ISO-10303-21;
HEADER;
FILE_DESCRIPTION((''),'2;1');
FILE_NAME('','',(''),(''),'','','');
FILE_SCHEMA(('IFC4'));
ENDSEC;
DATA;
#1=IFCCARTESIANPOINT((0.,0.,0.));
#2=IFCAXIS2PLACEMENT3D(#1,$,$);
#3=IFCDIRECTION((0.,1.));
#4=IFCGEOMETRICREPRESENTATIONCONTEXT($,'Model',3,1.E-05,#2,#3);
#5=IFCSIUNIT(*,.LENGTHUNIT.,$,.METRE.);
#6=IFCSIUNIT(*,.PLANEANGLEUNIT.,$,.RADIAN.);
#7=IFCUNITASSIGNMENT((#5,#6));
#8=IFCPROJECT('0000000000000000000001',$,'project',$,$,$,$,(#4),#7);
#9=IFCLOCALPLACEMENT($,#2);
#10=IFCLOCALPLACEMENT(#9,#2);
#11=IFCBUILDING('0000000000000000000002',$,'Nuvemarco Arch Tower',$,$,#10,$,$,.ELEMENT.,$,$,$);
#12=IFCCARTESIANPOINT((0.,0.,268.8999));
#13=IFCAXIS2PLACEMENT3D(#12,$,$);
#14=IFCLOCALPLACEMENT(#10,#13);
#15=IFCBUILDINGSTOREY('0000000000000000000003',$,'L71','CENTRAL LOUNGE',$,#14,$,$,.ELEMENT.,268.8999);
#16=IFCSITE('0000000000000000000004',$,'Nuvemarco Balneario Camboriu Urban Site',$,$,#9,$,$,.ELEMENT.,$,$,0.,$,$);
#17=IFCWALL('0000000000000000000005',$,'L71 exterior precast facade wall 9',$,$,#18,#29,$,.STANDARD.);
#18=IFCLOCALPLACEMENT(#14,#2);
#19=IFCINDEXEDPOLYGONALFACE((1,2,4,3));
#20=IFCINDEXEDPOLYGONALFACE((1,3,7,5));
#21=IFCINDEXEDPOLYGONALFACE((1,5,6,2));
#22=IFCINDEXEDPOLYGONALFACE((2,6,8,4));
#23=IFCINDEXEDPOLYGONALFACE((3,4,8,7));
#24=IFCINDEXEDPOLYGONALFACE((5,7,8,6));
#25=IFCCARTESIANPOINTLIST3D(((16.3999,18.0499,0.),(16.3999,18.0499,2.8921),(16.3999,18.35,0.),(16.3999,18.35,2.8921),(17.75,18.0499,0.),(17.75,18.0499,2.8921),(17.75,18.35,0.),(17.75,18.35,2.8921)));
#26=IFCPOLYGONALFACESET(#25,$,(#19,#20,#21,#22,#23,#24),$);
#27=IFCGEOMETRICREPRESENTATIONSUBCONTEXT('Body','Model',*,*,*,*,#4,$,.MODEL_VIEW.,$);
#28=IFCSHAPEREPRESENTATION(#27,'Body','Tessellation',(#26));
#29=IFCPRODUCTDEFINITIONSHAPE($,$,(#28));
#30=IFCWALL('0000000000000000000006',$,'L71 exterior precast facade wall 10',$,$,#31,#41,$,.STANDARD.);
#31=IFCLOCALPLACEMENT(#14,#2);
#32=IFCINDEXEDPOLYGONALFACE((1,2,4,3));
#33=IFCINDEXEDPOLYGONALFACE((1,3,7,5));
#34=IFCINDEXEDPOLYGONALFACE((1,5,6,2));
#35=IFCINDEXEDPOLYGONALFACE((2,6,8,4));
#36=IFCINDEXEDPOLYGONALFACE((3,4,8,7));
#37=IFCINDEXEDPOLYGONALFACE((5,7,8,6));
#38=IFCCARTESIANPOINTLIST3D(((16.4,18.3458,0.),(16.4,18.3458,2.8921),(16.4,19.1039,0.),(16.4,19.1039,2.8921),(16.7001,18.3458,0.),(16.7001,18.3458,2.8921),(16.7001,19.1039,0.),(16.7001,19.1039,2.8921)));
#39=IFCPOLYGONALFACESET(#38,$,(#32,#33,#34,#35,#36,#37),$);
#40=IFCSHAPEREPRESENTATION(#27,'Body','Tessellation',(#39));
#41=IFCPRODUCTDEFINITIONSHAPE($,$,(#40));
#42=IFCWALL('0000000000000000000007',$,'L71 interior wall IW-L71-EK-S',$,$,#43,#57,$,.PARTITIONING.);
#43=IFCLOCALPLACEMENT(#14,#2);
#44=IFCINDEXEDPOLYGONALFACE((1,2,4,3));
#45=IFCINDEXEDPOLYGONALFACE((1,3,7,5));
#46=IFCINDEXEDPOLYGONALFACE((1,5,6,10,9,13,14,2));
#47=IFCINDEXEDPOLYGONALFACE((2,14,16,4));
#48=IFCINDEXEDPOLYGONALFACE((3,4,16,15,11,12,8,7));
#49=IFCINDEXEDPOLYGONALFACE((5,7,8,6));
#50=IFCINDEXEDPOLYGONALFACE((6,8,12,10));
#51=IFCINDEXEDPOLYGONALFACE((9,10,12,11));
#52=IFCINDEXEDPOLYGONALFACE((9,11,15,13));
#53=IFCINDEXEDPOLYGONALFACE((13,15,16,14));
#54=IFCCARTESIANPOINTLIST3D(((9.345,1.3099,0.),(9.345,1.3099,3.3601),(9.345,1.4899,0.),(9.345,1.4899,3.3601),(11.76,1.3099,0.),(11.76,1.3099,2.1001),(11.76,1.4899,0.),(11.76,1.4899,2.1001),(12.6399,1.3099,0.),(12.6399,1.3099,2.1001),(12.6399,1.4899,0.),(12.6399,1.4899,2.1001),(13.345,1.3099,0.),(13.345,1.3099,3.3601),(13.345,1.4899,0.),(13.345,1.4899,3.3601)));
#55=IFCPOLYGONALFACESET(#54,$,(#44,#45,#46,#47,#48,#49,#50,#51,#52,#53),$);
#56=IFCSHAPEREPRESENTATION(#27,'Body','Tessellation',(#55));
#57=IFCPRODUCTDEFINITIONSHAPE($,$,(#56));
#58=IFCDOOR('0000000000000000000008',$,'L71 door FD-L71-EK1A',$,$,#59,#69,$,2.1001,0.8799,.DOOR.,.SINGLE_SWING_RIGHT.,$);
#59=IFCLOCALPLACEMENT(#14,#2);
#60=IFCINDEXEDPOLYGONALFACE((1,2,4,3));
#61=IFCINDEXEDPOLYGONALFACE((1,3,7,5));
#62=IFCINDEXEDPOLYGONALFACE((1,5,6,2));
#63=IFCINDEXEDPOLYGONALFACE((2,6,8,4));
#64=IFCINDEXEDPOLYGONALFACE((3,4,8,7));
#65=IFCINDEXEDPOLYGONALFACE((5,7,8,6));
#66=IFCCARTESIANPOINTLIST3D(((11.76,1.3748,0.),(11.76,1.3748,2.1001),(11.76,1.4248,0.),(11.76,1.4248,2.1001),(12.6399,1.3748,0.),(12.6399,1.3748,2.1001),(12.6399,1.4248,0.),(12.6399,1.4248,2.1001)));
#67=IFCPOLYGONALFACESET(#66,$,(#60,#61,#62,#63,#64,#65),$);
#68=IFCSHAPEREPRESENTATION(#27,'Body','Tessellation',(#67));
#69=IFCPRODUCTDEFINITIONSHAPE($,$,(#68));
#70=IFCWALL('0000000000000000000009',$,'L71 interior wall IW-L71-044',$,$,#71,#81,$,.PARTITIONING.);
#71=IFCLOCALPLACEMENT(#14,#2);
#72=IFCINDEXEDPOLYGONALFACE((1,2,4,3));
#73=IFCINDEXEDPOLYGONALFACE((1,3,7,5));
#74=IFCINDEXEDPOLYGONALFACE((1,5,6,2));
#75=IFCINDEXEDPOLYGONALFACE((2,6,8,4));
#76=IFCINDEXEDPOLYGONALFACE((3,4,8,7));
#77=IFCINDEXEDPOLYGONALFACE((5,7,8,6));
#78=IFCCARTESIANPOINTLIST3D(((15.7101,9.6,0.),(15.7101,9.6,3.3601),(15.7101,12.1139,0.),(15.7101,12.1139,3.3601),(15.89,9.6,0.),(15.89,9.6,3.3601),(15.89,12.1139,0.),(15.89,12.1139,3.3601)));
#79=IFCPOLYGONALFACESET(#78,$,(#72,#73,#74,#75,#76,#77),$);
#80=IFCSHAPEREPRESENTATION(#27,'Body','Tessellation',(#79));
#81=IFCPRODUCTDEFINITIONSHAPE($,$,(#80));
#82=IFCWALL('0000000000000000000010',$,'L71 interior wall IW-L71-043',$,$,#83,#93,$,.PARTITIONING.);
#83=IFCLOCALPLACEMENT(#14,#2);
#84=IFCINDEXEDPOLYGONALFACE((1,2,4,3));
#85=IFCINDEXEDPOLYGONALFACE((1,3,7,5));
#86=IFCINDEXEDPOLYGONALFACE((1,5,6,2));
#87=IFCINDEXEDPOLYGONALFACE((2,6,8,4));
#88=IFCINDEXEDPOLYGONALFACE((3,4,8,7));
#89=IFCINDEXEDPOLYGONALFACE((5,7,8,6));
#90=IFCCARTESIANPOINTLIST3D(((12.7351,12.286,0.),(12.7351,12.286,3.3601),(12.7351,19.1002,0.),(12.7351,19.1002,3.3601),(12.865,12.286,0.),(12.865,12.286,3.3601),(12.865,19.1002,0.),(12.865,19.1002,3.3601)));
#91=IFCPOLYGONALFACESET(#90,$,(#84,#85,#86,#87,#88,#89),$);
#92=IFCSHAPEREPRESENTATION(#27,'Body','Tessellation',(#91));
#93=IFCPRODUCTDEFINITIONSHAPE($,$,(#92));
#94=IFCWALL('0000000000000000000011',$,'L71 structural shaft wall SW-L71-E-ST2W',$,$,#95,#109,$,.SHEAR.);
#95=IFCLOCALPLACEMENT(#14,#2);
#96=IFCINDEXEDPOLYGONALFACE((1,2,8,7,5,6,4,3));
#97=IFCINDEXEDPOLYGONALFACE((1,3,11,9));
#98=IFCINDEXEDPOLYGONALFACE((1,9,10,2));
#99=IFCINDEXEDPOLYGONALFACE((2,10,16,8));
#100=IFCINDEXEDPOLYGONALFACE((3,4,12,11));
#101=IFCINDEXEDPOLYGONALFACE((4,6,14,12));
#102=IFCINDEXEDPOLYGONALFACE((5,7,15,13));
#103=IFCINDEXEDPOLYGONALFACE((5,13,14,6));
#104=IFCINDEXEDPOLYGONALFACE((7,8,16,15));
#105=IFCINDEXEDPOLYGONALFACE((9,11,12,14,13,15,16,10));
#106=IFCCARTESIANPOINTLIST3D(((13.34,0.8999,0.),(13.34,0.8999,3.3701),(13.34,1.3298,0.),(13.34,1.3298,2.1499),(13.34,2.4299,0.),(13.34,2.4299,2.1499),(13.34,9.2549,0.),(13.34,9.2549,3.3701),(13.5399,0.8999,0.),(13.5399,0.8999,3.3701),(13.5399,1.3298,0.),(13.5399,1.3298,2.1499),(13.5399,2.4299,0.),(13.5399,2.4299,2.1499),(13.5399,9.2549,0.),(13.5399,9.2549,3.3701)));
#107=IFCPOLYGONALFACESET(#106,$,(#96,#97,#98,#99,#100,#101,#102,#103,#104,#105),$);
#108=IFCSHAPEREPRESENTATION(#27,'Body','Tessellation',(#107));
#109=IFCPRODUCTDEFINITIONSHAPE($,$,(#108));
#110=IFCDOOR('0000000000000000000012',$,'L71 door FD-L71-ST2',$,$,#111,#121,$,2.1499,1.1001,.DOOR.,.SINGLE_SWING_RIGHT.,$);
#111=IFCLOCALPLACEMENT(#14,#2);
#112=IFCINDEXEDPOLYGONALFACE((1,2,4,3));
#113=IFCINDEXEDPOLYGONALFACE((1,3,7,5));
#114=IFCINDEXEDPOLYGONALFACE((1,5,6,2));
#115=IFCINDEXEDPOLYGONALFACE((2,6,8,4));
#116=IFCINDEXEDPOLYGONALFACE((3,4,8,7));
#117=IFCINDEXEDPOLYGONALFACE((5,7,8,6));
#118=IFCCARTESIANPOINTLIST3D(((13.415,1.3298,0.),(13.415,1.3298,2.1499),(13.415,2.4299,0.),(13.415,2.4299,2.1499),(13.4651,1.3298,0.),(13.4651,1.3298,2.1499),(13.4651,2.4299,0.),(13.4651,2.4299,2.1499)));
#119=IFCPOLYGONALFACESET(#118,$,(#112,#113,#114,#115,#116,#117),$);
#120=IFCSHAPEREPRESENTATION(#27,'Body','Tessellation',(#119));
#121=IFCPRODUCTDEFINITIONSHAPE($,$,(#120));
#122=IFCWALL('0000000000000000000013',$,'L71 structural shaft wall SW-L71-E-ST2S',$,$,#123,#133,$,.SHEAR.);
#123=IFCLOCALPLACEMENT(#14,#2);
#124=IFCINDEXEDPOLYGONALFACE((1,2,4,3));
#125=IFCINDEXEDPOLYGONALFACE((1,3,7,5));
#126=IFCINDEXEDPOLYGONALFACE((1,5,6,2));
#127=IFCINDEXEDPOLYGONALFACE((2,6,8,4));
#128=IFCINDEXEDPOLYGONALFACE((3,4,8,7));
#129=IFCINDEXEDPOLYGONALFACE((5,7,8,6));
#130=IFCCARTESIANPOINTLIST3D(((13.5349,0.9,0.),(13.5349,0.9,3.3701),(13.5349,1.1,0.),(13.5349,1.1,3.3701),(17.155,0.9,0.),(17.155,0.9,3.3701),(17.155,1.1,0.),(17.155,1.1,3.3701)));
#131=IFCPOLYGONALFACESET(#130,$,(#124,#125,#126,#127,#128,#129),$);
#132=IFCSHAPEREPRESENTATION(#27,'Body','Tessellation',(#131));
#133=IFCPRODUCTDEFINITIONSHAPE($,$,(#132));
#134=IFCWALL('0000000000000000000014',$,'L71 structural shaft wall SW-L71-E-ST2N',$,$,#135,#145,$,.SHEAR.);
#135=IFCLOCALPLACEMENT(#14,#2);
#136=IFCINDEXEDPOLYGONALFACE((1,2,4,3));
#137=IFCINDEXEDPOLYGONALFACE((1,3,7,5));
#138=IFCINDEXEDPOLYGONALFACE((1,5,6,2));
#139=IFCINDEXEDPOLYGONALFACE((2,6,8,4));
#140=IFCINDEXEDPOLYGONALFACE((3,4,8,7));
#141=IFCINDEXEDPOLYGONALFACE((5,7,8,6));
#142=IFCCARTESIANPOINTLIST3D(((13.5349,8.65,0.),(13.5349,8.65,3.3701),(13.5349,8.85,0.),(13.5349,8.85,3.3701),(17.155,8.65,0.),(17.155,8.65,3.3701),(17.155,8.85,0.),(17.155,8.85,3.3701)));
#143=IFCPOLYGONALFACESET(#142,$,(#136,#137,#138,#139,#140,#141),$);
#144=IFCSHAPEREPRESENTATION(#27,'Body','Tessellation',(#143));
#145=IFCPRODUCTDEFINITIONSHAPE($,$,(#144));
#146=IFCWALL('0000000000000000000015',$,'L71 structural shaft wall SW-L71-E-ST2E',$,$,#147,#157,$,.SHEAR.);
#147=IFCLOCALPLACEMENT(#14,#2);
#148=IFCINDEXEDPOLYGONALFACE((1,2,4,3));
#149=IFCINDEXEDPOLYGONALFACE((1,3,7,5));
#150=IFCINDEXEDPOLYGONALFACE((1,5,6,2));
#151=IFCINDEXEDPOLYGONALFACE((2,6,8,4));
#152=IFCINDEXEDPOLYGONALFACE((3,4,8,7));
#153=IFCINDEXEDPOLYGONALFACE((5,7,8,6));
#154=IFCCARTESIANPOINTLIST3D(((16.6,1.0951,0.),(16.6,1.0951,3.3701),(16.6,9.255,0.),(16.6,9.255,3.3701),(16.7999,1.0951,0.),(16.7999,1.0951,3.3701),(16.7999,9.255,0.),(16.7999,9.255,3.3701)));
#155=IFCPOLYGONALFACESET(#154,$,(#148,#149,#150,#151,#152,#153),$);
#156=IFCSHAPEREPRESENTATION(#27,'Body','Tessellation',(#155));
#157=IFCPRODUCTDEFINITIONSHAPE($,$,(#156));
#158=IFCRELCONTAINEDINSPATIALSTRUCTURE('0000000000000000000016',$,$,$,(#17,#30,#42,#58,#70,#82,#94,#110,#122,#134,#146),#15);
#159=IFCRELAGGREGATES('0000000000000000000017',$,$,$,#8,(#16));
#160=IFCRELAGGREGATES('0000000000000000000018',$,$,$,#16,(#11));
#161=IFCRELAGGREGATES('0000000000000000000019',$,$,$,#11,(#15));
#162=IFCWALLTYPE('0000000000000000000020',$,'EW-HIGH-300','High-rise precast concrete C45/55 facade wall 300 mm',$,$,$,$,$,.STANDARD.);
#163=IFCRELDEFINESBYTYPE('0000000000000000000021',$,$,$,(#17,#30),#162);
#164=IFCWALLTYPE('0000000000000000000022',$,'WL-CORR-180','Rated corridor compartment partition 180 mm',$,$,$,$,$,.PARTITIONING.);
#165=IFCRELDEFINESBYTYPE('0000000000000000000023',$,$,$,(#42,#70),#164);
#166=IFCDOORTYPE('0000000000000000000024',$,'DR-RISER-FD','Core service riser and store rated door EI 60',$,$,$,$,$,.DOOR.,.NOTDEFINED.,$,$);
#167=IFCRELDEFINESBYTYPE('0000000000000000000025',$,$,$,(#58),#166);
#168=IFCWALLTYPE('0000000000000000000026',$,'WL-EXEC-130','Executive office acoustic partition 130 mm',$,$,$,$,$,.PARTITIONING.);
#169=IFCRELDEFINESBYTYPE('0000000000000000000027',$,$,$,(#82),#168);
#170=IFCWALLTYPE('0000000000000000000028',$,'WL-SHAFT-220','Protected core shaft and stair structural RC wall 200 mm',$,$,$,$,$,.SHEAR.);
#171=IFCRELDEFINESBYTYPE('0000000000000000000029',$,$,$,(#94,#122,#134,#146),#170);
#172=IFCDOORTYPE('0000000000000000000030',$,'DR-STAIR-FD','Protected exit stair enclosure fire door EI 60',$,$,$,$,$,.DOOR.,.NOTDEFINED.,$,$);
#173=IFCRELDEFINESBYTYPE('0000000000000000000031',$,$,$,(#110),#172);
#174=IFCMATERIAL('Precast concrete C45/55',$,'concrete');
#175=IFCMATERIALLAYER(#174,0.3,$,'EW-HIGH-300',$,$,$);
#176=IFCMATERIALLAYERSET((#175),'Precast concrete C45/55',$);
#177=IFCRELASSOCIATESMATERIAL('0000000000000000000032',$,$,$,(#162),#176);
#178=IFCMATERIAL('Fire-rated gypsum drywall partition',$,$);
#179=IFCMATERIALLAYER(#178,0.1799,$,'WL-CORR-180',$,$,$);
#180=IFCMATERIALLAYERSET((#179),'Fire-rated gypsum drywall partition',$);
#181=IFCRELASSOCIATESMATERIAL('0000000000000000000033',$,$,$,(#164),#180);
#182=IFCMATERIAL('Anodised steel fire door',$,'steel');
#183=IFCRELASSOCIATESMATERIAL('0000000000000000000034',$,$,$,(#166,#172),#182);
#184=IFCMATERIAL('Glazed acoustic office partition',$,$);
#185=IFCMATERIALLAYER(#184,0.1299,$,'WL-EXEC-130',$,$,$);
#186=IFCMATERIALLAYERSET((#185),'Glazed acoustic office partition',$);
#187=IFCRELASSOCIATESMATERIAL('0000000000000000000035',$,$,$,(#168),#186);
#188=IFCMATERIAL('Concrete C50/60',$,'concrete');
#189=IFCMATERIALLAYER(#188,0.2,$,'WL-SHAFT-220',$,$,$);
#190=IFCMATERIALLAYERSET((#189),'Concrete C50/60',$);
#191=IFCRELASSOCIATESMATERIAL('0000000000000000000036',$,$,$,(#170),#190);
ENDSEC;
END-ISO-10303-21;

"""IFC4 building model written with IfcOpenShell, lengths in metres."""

from ifc_helpers import new_model, si_unit, direction, frame, frame_2d, origin, place, context, subcontext, project, spatial, rectangle, extrude, source, transform, mapped, material, layer, layer_set, type_object, type_shapes, element, fill, save


model = new_model("IFC4")

# Units and contexts
model_context = context("Model", 3, precision=1e-05, world=origin(), true_north=direction((0.0, 1.0)))
body_context = subcontext(model_context, "Body", "Model", "MODEL_VIEW")
ifc_project = project(units=[si_unit("LENGTHUNIT", "METRE"), si_unit("PLANEANGLEUNIT", "RADIAN")], contexts=[model_context])

# Site, building, storey
site_placement = place(None, origin())
site = spatial("IfcSite", under=ifc_project, at=site_placement, Name="Nuvemarco Balneario Camboriu Urban Site", CompositionType="ELEMENT", RefElevation=0.0)
building_placement = place(site_placement, origin())
building = spatial("IfcBuilding", under=site, at=building_placement, Name="Nuvemarco Arch Tower", CompositionType="ELEMENT")
storey_placement = place(building_placement, frame((0.0, 0.0, 268.8999)))
storey = spatial("IfcBuildingStorey", under=building, at=storey_placement, Name="L71", Description="CENTRAL LOUNGE", CompositionType="ELEMENT", Elevation=268.8999)

# Shared definitions
ifc_material_1 = material(Name="Concrete C50/60", Category="concrete")

# Shared definitions
ifc_material_2 = material(Name="Precast concrete C45/55", Category="concrete")

# Walls
ifc_layer_1 = layer(ifc_material_2, 0.3, Name="EW-HIGH-300")
ifc_layer_set_1 = layer_set([ifc_layer_1], Name="Precast concrete C45/55")
wall_type_1 = type_object("IfcWallType", Name="EW-HIGH-300", Description="High-rise precast concrete C45/55 facade wall 300 mm", PredefinedType="STANDARD", material=ifc_layer_set_1)
wall_1_placement = place(storey_placement, frame((16.3999, 18.2, 0.0), z_axis=(0.0, 0.0, 1.0), x_axis=(1.0, 0.0, 0.0)))
element("IfcWall", 1, at=wall_1_placement, inside=storey, type_object=wall_type_1, Name="L71 exterior precast facade wall 9", PredefinedType="STANDARD", context=body_context, shape_type="SweptSolid", body=[
    extrude(rectangle(XDim=1.3501, YDim=0.3, at=frame_2d((0.675, 0.0))), origin(), (0.0, 0.0, 1.0), 2.8921),
])
wall_2_placement = place(storey_placement, frame((16.55, 18.3459, 0.0), z_axis=(0.0, 0.0, 1.0), x_axis=(0.0, 1.0, 0.0)))
element("IfcWall", 2, at=wall_2_placement, inside=storey, type_object=wall_type_1, Name="L71 exterior precast facade wall 10", PredefinedType="STANDARD", context=body_context, shape_type="SweptSolid", body=[
    extrude(rectangle(XDim=0.7581, YDim=0.3, at=frame_2d((0.3789, 0.0))), origin(), (0.0, 0.0, 1.0), 2.8921),
])

# Wall, opening, door
ifc_material_3 = material(Name="Fire-rated gypsum drywall partition")
ifc_layer_2 = layer(ifc_material_3, 0.1799, Name="WL-CORR-180")
ifc_layer_set_2 = layer_set([ifc_layer_2], Name="Fire-rated gypsum drywall partition")
wall_type_2 = type_object("IfcWallType", Name="WL-CORR-180", Description="Rated corridor compartment partition 180 mm", PredefinedType="PARTITIONING", material=ifc_layer_set_2)
wall_3_placement = place(storey_placement, frame((9.345, 1.3999, 0.0), z_axis=(0.0, 0.0, 1.0), x_axis=(1.0, 0.0, 0.0)))
wall_3 = element("IfcWall", 3, at=wall_3_placement, inside=storey, type_object=wall_type_2, Name="L71 interior wall IW-L71-EK-S", PredefinedType="PARTITIONING", context=body_context, shape_type="SweptSolid", body=[
    extrude(rectangle(XDim=4.0, YDim=0.1799, at=frame_2d((2.0, 0.0))), origin(), (0.0, 0.0, 1.0), 3.3601),
])
opening_1_placement = place(wall_3_placement, frame((2.415, 0.0, 0.0)))
opening_1 = element("IfcOpeningElement", 4, at=opening_1_placement, cuts=wall_3, PredefinedType="OPENING", context=body_context, shape_type="SweptSolid", body=[
    extrude(rectangle(XDim=0.8799, YDim=2.1001, at=frame_2d((0.4399, 1.05))), frame((0.0, 0.0999, 0.0), z_axis=(0.0, -1.0, 0.0), x_axis=(1.0, 0.0, 0.0)), (0.0, 0.0, 1.0), 0.2),
])
ifc_material_4 = material(Name="Anodised steel fire door", Category="steel")
door_type_1 = type_object("IfcDoorType", Name="DR-RISER-FD", Description="Core service riser and store rated door EI 60", OperationType="NOTDEFINED", PredefinedType="DOOR", material=ifc_material_4)
shared_shape_1 = source(origin(), body_context, "Body", "SweptSolid", [
    extrude(rectangle(XDim=0.8799, YDim=2.1001, at=frame_2d((0.4399, 1.05))), frame((0.0, 0.0249, 0.0), z_axis=(0.0, -1.0, 0.0), x_axis=(1.0, 0.0, 0.0)), (0.0, 0.0, 1.0), 0.05),
])
type_shapes(door_type_1, [shared_shape_1])
door_1_placement = place(opening_1_placement, origin())
door_1 = element("IfcDoor", 5, at=door_1_placement, inside=storey, type_object=door_type_1, Name="L71 door FD-L71-EK1A", OperationType="SINGLE_SWING_RIGHT", OverallHeight=2.1001, OverallWidth=0.8799, PredefinedType="DOOR", context=body_context, shape_type="MappedRepresentation", body=[
    mapped(shared_shape_1, transform((0.0, 0.0, 0.0), scale=1.0)),
])
fill(opening_1, door_1)

# Walls
wall_4_placement = place(storey_placement, frame((15.8, 9.6001, 0.0), z_axis=(0.0, 0.0, 1.0), x_axis=(0.0, 1.0, 0.0)))
element("IfcWall", 6, at=wall_4_placement, inside=storey, type_object=wall_type_2, Name="L71 interior wall IW-L71-044", PredefinedType="PARTITIONING", context=body_context, shape_type="SweptSolid", body=[
    extrude(rectangle(XDim=2.5139, YDim=0.1799, at=frame_2d((1.2568, 0.0))), origin(), (0.0, 0.0, 1.0), 3.3601),
])
ifc_material_5 = material(Name="Glazed acoustic office partition")
ifc_layer_3 = layer(ifc_material_5, 0.1299, Name="WL-EXEC-130")
ifc_layer_set_3 = layer_set([ifc_layer_3], Name="Glazed acoustic office partition")
wall_type_3 = type_object("IfcWallType", Name="WL-EXEC-130", Description="Executive office acoustic partition 130 mm", PredefinedType="PARTITIONING", material=ifc_layer_set_3)
wall_5_placement = place(storey_placement, frame((12.8, 12.2859, 0.0), z_axis=(0.0, 0.0, 1.0), x_axis=(0.0, 1.0, 0.0)))
element("IfcWall", 7, at=wall_5_placement, inside=storey, type_object=wall_type_3, Name="L71 interior wall IW-L71-043", PredefinedType="PARTITIONING", context=body_context, shape_type="SweptSolid", body=[
    extrude(rectangle(XDim=6.8142, YDim=0.1299, at=frame_2d((3.4072, 0.0))), origin(), (0.0, 0.0, 1.0), 3.3601),
])

# Wall, opening, door
ifc_layer_4 = layer(ifc_material_1, 0.2, Name="WL-SHAFT-220")
ifc_layer_set_4 = layer_set([ifc_layer_4], Name="Concrete C50/60")
wall_type_4 = type_object("IfcWallType", Name="WL-SHAFT-220", Description="Protected core shaft and stair structural RC wall 200 mm", PredefinedType="SHEAR", material=ifc_layer_set_4)
wall_6_placement = place(storey_placement, frame((13.4399, 0.8999, 0.0), z_axis=(0.0, 0.0, 1.0), x_axis=(0.0, 1.0, 0.0)))
wall_6 = element("IfcWall", 8, at=wall_6_placement, inside=storey, type_object=wall_type_4, Name="L71 structural shaft wall SW-L71-E-ST2W", PredefinedType="SHEAR", context=body_context, shape_type="SweptSolid", body=[
    extrude(rectangle(XDim=8.355, YDim=0.2, at=frame_2d((4.1775, 0.0))), origin(), (0.0, 0.0, 1.0), 3.3701),
])
opening_2_placement = place(wall_6_placement, frame((0.4299, 0.0, 0.0)))
opening_2 = element("IfcOpeningElement", 9, at=opening_2_placement, cuts=wall_6, PredefinedType="OPENING", context=body_context, shape_type="SweptSolid", body=[
    extrude(rectangle(XDim=1.1001, YDim=2.1499, at=frame_2d((0.55, 1.075))), frame((0.0, 0.1099, 0.0), z_axis=(0.0, -1.0, 0.0), x_axis=(1.0, 0.0, 0.0)), (0.0, 0.0, 1.0), 0.22),
])
door_type_2 = type_object("IfcDoorType", Name="DR-STAIR-FD", Description="Protected exit stair enclosure fire door EI 60", OperationType="NOTDEFINED", PredefinedType="DOOR", material=ifc_material_4)
shared_shape_2 = source(origin(), body_context, "Body", "SweptSolid", [
    extrude(rectangle(XDim=1.1001, YDim=2.1499, at=frame_2d((0.55, 1.075))), frame((0.0, 0.0249, 0.0), z_axis=(0.0, -1.0, 0.0), x_axis=(1.0, 0.0, 0.0)), (0.0, 0.0, 1.0), 0.05),
])
type_shapes(door_type_2, [shared_shape_2])
door_2_placement = place(opening_2_placement, origin())
door_2 = element("IfcDoor", 10, at=door_2_placement, inside=storey, type_object=door_type_2, Name="L71 door FD-L71-ST2", OperationType="SINGLE_SWING_RIGHT", OverallHeight=2.1499, OverallWidth=1.1001, PredefinedType="DOOR", context=body_context, shape_type="MappedRepresentation", body=[
    mapped(shared_shape_2, transform((0.0, 0.0, 0.0), scale=1.0)),
])
fill(opening_2, door_2)

# Walls
for number, where, z_axis, x_axis, name in (
    (11, (13.5349, 1.0, 0.0), (0.0, 0.0, 1.0), (1.0, 0.0, 0.0), "L71 structural shaft wall SW-L71-E-ST2S"),
    (12, (13.5349, 8.75, 0.0), (0.0, 0.0, 1.0), (1.0, 0.0, 0.0), "L71 structural shaft wall SW-L71-E-ST2N"),
):
    element("IfcWall", number, at=place(storey_placement, frame(where, z_axis=z_axis, x_axis=x_axis)), inside=storey, type_object=wall_type_4, Name=name, PredefinedType="SHEAR", context=body_context, shape_type="SweptSolid", body=[
        extrude(rectangle(XDim=3.6201, YDim=0.2, at=frame_2d((1.8101, 0.0))), origin(), (0.0, 0.0, 1.0), 3.3701),
    ])
wall_7_placement = place(storey_placement, frame((16.7, 1.095, 0.0), z_axis=(0.0, 0.0, 1.0), x_axis=(0.0, 1.0, 0.0)))
element("IfcWall", 13, at=wall_7_placement, inside=storey, type_object=wall_type_4, Name="L71 structural shaft wall SW-L71-E-ST2E", PredefinedType="SHEAR", context=body_context, shape_type="SweptSolid", body=[
    extrude(rectangle(XDim=8.1599, YDim=0.2, at=frame_2d((4.0801, 0.0))), origin(), (0.0, 0.0, 1.0), 3.3701),
])

save(model, "model.ifc")
